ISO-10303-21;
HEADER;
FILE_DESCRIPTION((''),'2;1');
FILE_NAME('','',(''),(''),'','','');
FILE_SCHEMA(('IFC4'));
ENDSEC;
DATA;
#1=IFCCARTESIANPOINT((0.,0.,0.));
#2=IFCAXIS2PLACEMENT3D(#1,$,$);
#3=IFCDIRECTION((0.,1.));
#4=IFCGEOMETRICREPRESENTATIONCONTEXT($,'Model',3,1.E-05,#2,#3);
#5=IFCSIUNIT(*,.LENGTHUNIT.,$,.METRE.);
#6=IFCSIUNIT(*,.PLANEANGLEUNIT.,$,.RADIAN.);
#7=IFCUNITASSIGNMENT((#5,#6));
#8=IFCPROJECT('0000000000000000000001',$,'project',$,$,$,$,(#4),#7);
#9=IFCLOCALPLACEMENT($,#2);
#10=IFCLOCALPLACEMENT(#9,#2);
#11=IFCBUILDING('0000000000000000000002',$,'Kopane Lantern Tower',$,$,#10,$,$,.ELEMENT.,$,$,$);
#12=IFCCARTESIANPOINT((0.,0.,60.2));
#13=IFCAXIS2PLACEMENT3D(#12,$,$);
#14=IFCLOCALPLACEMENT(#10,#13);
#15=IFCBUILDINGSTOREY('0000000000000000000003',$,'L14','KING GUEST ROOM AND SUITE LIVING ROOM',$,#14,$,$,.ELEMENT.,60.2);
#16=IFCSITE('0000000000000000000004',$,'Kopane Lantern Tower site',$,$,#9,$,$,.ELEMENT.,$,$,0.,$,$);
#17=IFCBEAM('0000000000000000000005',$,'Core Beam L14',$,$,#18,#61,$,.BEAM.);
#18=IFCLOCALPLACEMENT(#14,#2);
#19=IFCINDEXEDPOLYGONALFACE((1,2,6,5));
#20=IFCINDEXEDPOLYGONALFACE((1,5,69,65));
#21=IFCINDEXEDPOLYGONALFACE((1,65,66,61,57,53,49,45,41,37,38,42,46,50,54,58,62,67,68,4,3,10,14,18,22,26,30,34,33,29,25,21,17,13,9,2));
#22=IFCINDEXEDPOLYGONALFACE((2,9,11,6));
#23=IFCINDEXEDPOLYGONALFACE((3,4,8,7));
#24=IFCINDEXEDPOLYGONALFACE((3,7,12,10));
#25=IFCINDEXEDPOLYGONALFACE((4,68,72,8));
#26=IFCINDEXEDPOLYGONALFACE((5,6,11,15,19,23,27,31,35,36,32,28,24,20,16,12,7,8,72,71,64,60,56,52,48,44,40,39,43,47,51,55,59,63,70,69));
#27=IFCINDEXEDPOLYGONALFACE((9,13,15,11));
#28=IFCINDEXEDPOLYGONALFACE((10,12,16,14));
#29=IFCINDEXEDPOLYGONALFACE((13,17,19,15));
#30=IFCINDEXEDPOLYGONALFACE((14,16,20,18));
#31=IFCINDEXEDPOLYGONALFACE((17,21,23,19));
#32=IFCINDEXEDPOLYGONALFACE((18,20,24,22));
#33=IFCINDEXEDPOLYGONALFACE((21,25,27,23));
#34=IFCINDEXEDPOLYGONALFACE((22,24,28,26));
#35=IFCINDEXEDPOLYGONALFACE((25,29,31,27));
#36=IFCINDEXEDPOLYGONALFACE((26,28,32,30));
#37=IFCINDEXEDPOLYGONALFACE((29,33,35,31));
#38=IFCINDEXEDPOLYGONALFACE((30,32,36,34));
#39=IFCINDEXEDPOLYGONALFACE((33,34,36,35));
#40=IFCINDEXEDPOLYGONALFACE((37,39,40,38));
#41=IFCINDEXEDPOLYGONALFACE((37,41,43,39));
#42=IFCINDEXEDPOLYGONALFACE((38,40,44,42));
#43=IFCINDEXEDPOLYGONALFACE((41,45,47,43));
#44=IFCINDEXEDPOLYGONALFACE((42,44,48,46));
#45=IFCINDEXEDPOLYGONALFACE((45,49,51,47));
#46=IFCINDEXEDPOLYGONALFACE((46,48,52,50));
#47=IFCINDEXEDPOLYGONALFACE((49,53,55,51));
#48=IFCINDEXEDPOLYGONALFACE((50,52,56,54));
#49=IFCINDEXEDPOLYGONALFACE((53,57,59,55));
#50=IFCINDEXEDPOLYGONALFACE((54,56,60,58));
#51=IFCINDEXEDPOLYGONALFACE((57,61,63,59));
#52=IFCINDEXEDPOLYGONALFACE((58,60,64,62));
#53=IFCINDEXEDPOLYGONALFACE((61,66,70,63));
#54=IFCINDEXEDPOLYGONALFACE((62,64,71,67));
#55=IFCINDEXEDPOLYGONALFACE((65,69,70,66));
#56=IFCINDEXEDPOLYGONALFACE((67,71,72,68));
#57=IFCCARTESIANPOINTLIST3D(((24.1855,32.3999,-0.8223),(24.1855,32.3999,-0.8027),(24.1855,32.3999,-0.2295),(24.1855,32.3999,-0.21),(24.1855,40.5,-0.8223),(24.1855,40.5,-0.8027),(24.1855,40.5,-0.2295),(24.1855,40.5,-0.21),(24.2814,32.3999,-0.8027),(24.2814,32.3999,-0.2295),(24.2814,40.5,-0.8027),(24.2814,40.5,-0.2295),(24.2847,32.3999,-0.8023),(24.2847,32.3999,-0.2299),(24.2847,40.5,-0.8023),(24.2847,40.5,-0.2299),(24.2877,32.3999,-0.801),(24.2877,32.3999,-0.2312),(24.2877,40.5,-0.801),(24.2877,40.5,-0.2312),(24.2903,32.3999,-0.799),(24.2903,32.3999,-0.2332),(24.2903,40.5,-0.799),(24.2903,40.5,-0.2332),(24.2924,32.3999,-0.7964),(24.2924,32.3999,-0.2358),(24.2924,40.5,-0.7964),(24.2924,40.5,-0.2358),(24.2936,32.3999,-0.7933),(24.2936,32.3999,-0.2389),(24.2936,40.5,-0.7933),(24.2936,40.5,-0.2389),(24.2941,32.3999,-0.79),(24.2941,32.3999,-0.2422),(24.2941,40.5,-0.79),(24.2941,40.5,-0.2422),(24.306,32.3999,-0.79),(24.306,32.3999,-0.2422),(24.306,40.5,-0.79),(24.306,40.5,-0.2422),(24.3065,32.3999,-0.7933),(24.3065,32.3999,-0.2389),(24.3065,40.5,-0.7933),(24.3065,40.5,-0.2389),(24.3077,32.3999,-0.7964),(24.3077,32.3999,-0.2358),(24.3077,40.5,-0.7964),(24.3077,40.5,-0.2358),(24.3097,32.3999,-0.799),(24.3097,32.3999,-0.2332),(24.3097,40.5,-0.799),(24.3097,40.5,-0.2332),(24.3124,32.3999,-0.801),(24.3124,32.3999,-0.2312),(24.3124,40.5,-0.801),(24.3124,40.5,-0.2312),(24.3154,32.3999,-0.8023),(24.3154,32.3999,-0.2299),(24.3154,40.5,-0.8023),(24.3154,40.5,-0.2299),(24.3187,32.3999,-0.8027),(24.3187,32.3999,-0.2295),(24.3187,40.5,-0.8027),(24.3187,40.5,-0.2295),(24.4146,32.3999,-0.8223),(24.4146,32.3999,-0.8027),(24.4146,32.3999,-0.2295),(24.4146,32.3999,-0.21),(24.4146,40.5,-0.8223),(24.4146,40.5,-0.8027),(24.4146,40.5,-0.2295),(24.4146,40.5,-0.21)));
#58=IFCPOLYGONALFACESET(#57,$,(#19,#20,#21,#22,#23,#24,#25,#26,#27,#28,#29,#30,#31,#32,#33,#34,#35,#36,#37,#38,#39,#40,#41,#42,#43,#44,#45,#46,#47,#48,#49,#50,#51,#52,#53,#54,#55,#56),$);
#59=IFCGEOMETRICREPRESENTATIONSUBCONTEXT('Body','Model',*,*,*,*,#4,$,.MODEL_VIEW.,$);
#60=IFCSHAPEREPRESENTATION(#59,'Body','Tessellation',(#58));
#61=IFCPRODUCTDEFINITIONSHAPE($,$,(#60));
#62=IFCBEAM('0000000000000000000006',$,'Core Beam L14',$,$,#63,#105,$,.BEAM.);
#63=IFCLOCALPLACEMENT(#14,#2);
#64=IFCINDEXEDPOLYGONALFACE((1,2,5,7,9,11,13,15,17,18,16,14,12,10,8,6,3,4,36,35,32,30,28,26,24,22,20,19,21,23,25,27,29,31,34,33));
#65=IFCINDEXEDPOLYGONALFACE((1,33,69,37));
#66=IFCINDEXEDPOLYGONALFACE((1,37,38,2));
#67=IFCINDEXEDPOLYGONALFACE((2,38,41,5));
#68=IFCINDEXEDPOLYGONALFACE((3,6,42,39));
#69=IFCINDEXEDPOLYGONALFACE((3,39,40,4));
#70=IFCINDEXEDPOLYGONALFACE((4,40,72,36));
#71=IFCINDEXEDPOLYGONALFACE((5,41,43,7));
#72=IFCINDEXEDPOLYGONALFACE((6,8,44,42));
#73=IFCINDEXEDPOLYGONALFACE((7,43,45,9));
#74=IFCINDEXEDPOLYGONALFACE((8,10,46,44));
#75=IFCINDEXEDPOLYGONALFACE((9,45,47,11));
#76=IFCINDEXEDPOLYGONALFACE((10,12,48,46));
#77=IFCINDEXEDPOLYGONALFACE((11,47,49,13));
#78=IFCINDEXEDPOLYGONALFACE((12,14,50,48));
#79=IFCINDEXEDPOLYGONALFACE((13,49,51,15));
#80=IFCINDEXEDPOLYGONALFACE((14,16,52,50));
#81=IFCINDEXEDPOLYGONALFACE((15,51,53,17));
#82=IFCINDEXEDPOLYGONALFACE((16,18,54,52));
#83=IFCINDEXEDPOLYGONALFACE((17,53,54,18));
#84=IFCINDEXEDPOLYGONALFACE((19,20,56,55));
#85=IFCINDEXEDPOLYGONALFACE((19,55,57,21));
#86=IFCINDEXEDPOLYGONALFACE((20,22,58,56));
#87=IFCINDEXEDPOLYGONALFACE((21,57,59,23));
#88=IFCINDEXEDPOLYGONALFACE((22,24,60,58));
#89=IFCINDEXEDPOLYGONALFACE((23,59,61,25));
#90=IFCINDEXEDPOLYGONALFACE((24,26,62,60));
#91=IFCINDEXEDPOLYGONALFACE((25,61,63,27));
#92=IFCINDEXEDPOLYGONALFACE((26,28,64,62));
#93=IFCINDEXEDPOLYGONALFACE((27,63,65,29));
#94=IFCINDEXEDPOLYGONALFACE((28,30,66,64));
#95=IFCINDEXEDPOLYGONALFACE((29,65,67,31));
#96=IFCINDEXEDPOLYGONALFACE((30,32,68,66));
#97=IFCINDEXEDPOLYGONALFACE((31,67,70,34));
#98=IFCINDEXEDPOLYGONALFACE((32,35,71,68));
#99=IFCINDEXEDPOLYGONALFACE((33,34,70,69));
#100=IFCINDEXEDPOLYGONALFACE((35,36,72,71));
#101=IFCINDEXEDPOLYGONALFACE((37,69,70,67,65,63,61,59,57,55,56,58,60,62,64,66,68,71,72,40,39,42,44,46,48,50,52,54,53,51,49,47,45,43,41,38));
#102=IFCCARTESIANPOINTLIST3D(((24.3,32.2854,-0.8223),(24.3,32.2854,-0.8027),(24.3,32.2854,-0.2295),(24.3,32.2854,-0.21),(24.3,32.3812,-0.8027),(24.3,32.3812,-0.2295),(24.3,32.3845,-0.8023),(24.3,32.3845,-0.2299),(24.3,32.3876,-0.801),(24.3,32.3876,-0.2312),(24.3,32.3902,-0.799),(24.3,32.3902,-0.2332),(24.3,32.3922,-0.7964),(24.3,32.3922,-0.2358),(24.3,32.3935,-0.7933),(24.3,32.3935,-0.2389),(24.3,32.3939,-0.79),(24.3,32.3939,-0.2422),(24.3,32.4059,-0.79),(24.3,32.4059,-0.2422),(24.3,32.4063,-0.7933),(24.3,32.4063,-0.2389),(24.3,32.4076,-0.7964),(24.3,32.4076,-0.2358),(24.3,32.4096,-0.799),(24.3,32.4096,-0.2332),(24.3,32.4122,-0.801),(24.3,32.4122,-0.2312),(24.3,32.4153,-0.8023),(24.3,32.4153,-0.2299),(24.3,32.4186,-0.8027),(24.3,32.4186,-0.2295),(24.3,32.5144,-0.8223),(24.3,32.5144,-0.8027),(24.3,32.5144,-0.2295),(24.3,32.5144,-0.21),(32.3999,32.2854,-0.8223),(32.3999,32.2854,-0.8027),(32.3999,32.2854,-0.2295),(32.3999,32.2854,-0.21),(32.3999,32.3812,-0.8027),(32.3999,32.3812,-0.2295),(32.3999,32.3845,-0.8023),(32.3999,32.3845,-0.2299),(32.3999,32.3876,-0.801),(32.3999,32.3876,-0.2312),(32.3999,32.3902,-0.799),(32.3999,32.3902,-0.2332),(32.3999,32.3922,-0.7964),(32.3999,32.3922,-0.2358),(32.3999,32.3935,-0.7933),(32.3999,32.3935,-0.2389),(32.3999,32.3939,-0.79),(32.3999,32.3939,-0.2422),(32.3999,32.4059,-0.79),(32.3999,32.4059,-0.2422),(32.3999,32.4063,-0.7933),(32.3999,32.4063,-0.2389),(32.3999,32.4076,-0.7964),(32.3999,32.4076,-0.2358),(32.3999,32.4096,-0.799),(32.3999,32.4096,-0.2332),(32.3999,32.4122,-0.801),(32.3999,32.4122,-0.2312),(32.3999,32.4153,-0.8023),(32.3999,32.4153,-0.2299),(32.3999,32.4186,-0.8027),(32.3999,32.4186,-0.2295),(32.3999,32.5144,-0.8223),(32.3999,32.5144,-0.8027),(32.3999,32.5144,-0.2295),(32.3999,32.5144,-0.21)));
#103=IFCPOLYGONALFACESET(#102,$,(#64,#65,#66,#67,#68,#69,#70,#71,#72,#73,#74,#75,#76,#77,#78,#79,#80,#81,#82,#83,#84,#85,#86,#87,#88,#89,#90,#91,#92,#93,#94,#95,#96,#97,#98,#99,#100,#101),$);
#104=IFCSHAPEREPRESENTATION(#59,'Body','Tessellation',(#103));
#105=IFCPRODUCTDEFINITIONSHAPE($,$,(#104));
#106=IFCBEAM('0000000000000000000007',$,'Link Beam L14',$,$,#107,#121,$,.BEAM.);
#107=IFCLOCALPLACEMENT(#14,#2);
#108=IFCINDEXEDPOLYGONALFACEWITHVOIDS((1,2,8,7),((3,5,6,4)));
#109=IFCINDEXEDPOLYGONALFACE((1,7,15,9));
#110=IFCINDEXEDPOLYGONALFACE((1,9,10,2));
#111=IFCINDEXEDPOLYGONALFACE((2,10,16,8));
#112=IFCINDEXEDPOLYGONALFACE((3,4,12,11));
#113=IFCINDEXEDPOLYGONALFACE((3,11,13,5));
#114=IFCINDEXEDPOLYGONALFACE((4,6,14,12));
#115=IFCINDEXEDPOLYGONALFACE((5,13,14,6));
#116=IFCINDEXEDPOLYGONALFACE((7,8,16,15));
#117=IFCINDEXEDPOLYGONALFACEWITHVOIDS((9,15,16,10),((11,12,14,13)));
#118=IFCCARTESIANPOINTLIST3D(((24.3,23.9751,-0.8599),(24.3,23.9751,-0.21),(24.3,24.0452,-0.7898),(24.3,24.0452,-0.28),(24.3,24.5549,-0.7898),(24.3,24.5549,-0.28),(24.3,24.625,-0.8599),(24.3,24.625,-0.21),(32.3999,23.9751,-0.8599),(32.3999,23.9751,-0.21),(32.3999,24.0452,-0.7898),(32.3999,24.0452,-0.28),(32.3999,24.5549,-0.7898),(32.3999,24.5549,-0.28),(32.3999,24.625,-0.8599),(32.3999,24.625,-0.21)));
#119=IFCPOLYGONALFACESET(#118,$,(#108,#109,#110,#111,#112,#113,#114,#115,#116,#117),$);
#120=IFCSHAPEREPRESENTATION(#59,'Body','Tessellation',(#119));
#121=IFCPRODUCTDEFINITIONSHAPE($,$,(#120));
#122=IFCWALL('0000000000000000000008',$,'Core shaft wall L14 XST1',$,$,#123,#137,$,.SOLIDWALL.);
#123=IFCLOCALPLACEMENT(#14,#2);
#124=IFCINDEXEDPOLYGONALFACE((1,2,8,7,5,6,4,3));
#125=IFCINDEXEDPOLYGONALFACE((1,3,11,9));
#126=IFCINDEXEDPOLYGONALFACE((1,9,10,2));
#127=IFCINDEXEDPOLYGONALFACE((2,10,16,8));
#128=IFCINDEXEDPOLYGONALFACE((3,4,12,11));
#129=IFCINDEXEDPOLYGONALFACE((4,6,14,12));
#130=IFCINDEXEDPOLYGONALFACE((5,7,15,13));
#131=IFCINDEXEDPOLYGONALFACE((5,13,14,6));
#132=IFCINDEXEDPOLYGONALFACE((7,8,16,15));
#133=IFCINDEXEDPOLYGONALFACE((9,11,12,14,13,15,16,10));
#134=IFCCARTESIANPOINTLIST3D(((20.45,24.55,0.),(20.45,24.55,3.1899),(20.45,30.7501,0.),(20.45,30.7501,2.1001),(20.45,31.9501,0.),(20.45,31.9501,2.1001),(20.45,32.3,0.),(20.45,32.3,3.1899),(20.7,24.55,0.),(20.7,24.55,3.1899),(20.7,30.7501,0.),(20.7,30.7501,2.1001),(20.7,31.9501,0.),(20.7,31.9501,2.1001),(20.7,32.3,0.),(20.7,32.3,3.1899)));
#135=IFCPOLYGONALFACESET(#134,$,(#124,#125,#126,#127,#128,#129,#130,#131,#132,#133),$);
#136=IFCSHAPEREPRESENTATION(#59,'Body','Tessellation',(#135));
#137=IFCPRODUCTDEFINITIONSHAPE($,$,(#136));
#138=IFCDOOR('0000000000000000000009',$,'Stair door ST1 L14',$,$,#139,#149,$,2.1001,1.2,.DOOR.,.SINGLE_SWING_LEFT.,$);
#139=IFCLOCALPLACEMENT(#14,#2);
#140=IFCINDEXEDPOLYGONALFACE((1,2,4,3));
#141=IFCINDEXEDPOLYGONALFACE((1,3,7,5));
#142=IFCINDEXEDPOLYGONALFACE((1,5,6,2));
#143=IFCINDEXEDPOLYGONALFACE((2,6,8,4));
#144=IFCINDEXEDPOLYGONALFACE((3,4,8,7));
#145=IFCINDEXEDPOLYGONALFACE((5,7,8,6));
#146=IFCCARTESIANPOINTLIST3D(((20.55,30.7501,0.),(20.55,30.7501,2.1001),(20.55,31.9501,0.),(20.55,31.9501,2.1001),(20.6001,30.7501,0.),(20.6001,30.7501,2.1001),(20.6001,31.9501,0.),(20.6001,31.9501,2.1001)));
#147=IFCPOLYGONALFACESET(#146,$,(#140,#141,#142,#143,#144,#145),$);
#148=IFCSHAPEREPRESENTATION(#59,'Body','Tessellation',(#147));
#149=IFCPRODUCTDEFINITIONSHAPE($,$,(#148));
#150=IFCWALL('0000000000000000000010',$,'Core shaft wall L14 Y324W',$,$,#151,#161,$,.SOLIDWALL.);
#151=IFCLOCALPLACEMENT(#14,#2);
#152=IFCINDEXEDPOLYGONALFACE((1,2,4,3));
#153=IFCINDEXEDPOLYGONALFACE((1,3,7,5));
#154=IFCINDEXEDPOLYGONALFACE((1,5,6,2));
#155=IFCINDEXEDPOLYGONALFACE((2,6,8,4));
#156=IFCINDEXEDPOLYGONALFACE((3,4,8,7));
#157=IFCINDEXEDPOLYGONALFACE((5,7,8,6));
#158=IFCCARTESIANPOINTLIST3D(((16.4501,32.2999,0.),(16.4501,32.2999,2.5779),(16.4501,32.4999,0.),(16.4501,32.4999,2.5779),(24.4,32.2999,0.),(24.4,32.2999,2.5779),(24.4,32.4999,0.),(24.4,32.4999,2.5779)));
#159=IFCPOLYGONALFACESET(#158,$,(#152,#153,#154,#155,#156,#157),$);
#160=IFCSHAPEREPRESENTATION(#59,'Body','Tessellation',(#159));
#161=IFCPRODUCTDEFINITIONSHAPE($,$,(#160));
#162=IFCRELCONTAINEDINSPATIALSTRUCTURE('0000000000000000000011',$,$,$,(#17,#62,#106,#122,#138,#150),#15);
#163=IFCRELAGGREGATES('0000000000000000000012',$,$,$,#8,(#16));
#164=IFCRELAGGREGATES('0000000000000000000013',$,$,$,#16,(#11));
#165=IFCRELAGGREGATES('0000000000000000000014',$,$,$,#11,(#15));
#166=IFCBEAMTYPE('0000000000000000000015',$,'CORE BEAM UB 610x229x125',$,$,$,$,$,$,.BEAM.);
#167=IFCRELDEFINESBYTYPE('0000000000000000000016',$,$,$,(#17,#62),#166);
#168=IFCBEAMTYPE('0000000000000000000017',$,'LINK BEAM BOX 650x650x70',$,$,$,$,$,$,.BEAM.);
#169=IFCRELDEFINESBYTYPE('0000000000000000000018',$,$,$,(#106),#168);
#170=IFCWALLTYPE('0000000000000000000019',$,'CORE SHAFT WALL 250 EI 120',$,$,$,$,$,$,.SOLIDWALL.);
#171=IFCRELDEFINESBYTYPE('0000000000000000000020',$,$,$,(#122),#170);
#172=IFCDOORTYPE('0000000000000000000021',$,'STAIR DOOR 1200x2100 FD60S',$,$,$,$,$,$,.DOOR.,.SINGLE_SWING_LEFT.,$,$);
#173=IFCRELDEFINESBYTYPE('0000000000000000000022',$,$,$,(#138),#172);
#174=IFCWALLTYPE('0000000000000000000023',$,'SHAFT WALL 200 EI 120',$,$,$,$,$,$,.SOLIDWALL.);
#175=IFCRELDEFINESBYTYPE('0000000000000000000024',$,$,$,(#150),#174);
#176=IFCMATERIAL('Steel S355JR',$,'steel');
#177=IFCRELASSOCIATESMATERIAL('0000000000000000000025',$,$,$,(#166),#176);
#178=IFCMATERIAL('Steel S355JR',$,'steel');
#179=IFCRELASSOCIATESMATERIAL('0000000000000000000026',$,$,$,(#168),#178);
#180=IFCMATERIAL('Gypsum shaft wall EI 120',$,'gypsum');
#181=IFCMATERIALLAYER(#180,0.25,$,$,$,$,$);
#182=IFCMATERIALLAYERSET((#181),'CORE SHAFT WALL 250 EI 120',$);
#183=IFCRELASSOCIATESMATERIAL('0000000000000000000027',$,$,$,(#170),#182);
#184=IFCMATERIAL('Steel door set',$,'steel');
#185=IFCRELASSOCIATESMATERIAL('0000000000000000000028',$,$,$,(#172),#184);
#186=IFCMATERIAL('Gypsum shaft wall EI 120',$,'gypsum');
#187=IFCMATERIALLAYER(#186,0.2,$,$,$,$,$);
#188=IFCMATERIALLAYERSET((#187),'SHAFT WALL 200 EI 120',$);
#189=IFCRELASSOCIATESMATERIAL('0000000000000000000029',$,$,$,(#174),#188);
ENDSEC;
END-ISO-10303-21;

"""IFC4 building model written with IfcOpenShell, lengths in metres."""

from ifc_helpers import new_model, si_unit, direction, frame, frame_2d, origin, origin_2d, place, context, subcontext, project, spatial, rectangle, hollow_rectangle, i_section, extrude, material, layer, layer_set, material_profile, profile_set, type_object, element, fill, save


model = new_model("IFC4")

# Units and contexts
model_context = context("Model", 3, precision=1e-05, world=origin(), true_north=direction((0.0, 1.0)))
body_context = subcontext(model_context, "Body", "Model", "MODEL_VIEW")
ifc_project = project(units=[si_unit("LENGTHUNIT", "METRE"), si_unit("PLANEANGLEUNIT", "RADIAN")], contexts=[model_context])

# Site, building, storey
site_placement = place(None, origin())
site = spatial("IfcSite", under=ifc_project, at=site_placement, Name="Kopane Lantern Tower site", CompositionType="ELEMENT", RefElevation=0.0)
building_placement = place(site_placement, origin())
building = spatial("IfcBuilding", under=site, at=building_placement, Name="Kopane Lantern Tower", CompositionType="ELEMENT")
storey_placement = place(building_placement, frame((0.0, 0.0, 60.2)))
storey = spatial("IfcBuildingStorey", under=building, at=storey_placement, Name="L14", Description="KING GUEST ROOM AND SUITE LIVING ROOM", CompositionType="ELEMENT", Elevation=60.2)

# Beams
ifc_material_1 = material(Name="Steel S355JR", Category="steel")
ifc_material_profile_1 = material_profile(ifc_material_1, i_section(OverallWidth=0.229, OverallDepth=0.6123, WebThickness=0.012, FlangeThickness=0.0195, FilletRadius=0.0127, at=origin_2d()), Name="UB 610x229x125")
ifc_profile_set_1 = profile_set([ifc_material_profile_1], Name="Steel S355JR")
beam_type_1 = type_object("IfcBeamType", Name="CORE BEAM UB 610x229x125", PredefinedType="BEAM", material=ifc_profile_set_1)
beam_1_placement = place(storey_placement, frame((24.3, 32.3999, -0.5161), z_axis=(0.0, 1.0, 0.0), x_axis=(-1.0, 0.0, 0.0)))
element("IfcBeam", 1, at=beam_1_placement, inside=storey, type_object=beam_type_1, Name="Core Beam L14", PredefinedType="BEAM", context=body_context, shape_type="SweptSolid", body=[
    extrude(i_section(OverallWidth=0.229, OverallDepth=0.6123, WebThickness=0.012, FlangeThickness=0.0195, FilletRadius=0.0127, at=origin_2d()), origin(), (0.0, 0.0, 1.0), 8.1001),
])
beam_2_placement = place(storey_placement, frame((24.3, 32.3999, -0.5161), z_axis=(1.0, 0.0, 0.0), x_axis=(0.0, 1.0, 0.0)))
element("IfcBeam", 2, at=beam_2_placement, inside=storey, type_object=beam_type_1, Name="Core Beam L14", PredefinedType="BEAM", context=body_context, shape_type="SweptSolid", body=[
    extrude(i_section(OverallWidth=0.229, OverallDepth=0.6123, WebThickness=0.012, FlangeThickness=0.0195, FilletRadius=0.0127, at=origin_2d()), origin(), (0.0, 0.0, 1.0), 8.0999),
])
ifc_material_2 = material(Name="Steel S355JR", Category="steel")
ifc_material_profile_2 = material_profile(ifc_material_2, hollow_rectangle(XDim=0.6499, YDim=0.6499, WallThickness=0.0701, at=origin_2d()), Name="BOX 650x650x70")
ifc_profile_set_2 = profile_set([ifc_material_profile_2], Name="Steel S355JR")
beam_type_2 = type_object("IfcBeamType", Name="LINK BEAM BOX 650x650x70", PredefinedType="BEAM", material=ifc_profile_set_2)
beam_3_placement = place(storey_placement, frame((24.3, 24.3, -0.5349), z_axis=(1.0, 0.0, 0.0), x_axis=(0.0, 1.0, 0.0)))
element("IfcBeam", 3, at=beam_3_placement, inside=storey, type_object=beam_type_2, Name="Link Beam L14", PredefinedType="BEAM", context=body_context, shape_type="SweptSolid", body=[
    extrude(hollow_rectangle(XDim=0.6499, YDim=0.6499, WallThickness=0.0701, at=origin_2d()), origin(), (0.0, 0.0, 1.0), 8.0999),
])

# Wall, opening, door
ifc_material_3 = material(Name="Gypsum shaft wall EI 120", Category="gypsum")
ifc_layer_1 = layer(ifc_material_3, 0.25)
ifc_layer_set_1 = layer_set([ifc_layer_1], Name="CORE SHAFT WALL 250 EI 120")
wall_type_1 = type_object("IfcWallType", Name="CORE SHAFT WALL 250 EI 120", PredefinedType="SOLIDWALL", material=ifc_layer_set_1)
wall_1_placement = place(storey_placement, frame((20.575, 24.55, 0.0), z_axis=(0.0, 0.0, 1.0), x_axis=(0.0, 1.0, 0.0)))
wall_1 = element("IfcWall", 4, at=wall_1_placement, inside=storey, type_object=wall_type_1, Name="Core shaft wall L14 XST1", PredefinedType="SOLIDWALL", context=body_context, shape_type="SweptSolid", body=[
    extrude(rectangle(XDim=7.75, YDim=0.25, at=frame_2d((3.875, 0.0))), origin(), (0.0, 0.0, 1.0), 3.1899),
])
opening_1_placement = place(wall_1_placement, frame((6.2, 0.0, 0.0)))
opening_1 = element("IfcOpeningElement", 5, at=opening_1_placement, cuts=wall_1, PredefinedType="OPENING", context=body_context, shape_type="SweptSolid", body=[
    extrude(rectangle(XDim=1.2, YDim=2.1001, at=frame_2d((0.6001, 1.05))), frame((0.0, 0.135, 0.0), z_axis=(0.0, -1.0, 0.0), x_axis=(1.0, 0.0, 0.0)), (0.0, 0.0, 1.0), 0.27),
])
ifc_material_4 = material(Name="Steel door set", Category="steel")
door_type_1 = type_object("IfcDoorType", Name="STAIR DOOR 1200x2100 FD60S", OperationType="SINGLE_SWING_LEFT", PredefinedType="DOOR", material=ifc_material_4)
door_1_placement = place(opening_1_placement, origin())
door_1 = element("IfcDoor", 6, at=door_1_placement, inside=storey, type_object=door_type_1, Name="Stair door ST1 L14", OperationType="SINGLE_SWING_LEFT", OverallHeight=2.1001, OverallWidth=1.2, PredefinedType="DOOR", context=body_context, shape_type="SweptSolid", body=[
    extrude(rectangle(XDim=1.2, YDim=2.1001, at=frame_2d((0.6001, 1.05))), frame((0.0, 0.0249, 0.0), z_axis=(0.0, -1.0, 0.0), x_axis=(1.0, 0.0, 0.0)), (0.0, 0.0, 1.0), 0.05),
])
fill(opening_1, door_1)

# Wall
ifc_material_5 = material(Name="Gypsum shaft wall EI 120", Category="gypsum")
ifc_layer_2 = layer(ifc_material_5, 0.2)
ifc_layer_set_2 = layer_set([ifc_layer_2], Name="SHAFT WALL 200 EI 120")
wall_type_2 = type_object("IfcWallType", Name="SHAFT WALL 200 EI 120", PredefinedType="SOLIDWALL", material=ifc_layer_set_2)
wall_2_placement = place(storey_placement, frame((16.45, 32.3999, 0.0), z_axis=(0.0, 0.0, 1.0), x_axis=(1.0, 0.0, 0.0)))
element("IfcWall", 7, at=wall_2_placement, inside=storey, type_object=wall_type_2, Name="Core shaft wall L14 Y324W", PredefinedType="SOLIDWALL", context=body_context, shape_type="SweptSolid", body=[
    extrude(rectangle(XDim=7.95, YDim=0.2, at=frame_2d((3.9751, 0.0))), origin(), (0.0, 0.0, 1.0), 2.5779),
])

save(model, "model.ifc")
